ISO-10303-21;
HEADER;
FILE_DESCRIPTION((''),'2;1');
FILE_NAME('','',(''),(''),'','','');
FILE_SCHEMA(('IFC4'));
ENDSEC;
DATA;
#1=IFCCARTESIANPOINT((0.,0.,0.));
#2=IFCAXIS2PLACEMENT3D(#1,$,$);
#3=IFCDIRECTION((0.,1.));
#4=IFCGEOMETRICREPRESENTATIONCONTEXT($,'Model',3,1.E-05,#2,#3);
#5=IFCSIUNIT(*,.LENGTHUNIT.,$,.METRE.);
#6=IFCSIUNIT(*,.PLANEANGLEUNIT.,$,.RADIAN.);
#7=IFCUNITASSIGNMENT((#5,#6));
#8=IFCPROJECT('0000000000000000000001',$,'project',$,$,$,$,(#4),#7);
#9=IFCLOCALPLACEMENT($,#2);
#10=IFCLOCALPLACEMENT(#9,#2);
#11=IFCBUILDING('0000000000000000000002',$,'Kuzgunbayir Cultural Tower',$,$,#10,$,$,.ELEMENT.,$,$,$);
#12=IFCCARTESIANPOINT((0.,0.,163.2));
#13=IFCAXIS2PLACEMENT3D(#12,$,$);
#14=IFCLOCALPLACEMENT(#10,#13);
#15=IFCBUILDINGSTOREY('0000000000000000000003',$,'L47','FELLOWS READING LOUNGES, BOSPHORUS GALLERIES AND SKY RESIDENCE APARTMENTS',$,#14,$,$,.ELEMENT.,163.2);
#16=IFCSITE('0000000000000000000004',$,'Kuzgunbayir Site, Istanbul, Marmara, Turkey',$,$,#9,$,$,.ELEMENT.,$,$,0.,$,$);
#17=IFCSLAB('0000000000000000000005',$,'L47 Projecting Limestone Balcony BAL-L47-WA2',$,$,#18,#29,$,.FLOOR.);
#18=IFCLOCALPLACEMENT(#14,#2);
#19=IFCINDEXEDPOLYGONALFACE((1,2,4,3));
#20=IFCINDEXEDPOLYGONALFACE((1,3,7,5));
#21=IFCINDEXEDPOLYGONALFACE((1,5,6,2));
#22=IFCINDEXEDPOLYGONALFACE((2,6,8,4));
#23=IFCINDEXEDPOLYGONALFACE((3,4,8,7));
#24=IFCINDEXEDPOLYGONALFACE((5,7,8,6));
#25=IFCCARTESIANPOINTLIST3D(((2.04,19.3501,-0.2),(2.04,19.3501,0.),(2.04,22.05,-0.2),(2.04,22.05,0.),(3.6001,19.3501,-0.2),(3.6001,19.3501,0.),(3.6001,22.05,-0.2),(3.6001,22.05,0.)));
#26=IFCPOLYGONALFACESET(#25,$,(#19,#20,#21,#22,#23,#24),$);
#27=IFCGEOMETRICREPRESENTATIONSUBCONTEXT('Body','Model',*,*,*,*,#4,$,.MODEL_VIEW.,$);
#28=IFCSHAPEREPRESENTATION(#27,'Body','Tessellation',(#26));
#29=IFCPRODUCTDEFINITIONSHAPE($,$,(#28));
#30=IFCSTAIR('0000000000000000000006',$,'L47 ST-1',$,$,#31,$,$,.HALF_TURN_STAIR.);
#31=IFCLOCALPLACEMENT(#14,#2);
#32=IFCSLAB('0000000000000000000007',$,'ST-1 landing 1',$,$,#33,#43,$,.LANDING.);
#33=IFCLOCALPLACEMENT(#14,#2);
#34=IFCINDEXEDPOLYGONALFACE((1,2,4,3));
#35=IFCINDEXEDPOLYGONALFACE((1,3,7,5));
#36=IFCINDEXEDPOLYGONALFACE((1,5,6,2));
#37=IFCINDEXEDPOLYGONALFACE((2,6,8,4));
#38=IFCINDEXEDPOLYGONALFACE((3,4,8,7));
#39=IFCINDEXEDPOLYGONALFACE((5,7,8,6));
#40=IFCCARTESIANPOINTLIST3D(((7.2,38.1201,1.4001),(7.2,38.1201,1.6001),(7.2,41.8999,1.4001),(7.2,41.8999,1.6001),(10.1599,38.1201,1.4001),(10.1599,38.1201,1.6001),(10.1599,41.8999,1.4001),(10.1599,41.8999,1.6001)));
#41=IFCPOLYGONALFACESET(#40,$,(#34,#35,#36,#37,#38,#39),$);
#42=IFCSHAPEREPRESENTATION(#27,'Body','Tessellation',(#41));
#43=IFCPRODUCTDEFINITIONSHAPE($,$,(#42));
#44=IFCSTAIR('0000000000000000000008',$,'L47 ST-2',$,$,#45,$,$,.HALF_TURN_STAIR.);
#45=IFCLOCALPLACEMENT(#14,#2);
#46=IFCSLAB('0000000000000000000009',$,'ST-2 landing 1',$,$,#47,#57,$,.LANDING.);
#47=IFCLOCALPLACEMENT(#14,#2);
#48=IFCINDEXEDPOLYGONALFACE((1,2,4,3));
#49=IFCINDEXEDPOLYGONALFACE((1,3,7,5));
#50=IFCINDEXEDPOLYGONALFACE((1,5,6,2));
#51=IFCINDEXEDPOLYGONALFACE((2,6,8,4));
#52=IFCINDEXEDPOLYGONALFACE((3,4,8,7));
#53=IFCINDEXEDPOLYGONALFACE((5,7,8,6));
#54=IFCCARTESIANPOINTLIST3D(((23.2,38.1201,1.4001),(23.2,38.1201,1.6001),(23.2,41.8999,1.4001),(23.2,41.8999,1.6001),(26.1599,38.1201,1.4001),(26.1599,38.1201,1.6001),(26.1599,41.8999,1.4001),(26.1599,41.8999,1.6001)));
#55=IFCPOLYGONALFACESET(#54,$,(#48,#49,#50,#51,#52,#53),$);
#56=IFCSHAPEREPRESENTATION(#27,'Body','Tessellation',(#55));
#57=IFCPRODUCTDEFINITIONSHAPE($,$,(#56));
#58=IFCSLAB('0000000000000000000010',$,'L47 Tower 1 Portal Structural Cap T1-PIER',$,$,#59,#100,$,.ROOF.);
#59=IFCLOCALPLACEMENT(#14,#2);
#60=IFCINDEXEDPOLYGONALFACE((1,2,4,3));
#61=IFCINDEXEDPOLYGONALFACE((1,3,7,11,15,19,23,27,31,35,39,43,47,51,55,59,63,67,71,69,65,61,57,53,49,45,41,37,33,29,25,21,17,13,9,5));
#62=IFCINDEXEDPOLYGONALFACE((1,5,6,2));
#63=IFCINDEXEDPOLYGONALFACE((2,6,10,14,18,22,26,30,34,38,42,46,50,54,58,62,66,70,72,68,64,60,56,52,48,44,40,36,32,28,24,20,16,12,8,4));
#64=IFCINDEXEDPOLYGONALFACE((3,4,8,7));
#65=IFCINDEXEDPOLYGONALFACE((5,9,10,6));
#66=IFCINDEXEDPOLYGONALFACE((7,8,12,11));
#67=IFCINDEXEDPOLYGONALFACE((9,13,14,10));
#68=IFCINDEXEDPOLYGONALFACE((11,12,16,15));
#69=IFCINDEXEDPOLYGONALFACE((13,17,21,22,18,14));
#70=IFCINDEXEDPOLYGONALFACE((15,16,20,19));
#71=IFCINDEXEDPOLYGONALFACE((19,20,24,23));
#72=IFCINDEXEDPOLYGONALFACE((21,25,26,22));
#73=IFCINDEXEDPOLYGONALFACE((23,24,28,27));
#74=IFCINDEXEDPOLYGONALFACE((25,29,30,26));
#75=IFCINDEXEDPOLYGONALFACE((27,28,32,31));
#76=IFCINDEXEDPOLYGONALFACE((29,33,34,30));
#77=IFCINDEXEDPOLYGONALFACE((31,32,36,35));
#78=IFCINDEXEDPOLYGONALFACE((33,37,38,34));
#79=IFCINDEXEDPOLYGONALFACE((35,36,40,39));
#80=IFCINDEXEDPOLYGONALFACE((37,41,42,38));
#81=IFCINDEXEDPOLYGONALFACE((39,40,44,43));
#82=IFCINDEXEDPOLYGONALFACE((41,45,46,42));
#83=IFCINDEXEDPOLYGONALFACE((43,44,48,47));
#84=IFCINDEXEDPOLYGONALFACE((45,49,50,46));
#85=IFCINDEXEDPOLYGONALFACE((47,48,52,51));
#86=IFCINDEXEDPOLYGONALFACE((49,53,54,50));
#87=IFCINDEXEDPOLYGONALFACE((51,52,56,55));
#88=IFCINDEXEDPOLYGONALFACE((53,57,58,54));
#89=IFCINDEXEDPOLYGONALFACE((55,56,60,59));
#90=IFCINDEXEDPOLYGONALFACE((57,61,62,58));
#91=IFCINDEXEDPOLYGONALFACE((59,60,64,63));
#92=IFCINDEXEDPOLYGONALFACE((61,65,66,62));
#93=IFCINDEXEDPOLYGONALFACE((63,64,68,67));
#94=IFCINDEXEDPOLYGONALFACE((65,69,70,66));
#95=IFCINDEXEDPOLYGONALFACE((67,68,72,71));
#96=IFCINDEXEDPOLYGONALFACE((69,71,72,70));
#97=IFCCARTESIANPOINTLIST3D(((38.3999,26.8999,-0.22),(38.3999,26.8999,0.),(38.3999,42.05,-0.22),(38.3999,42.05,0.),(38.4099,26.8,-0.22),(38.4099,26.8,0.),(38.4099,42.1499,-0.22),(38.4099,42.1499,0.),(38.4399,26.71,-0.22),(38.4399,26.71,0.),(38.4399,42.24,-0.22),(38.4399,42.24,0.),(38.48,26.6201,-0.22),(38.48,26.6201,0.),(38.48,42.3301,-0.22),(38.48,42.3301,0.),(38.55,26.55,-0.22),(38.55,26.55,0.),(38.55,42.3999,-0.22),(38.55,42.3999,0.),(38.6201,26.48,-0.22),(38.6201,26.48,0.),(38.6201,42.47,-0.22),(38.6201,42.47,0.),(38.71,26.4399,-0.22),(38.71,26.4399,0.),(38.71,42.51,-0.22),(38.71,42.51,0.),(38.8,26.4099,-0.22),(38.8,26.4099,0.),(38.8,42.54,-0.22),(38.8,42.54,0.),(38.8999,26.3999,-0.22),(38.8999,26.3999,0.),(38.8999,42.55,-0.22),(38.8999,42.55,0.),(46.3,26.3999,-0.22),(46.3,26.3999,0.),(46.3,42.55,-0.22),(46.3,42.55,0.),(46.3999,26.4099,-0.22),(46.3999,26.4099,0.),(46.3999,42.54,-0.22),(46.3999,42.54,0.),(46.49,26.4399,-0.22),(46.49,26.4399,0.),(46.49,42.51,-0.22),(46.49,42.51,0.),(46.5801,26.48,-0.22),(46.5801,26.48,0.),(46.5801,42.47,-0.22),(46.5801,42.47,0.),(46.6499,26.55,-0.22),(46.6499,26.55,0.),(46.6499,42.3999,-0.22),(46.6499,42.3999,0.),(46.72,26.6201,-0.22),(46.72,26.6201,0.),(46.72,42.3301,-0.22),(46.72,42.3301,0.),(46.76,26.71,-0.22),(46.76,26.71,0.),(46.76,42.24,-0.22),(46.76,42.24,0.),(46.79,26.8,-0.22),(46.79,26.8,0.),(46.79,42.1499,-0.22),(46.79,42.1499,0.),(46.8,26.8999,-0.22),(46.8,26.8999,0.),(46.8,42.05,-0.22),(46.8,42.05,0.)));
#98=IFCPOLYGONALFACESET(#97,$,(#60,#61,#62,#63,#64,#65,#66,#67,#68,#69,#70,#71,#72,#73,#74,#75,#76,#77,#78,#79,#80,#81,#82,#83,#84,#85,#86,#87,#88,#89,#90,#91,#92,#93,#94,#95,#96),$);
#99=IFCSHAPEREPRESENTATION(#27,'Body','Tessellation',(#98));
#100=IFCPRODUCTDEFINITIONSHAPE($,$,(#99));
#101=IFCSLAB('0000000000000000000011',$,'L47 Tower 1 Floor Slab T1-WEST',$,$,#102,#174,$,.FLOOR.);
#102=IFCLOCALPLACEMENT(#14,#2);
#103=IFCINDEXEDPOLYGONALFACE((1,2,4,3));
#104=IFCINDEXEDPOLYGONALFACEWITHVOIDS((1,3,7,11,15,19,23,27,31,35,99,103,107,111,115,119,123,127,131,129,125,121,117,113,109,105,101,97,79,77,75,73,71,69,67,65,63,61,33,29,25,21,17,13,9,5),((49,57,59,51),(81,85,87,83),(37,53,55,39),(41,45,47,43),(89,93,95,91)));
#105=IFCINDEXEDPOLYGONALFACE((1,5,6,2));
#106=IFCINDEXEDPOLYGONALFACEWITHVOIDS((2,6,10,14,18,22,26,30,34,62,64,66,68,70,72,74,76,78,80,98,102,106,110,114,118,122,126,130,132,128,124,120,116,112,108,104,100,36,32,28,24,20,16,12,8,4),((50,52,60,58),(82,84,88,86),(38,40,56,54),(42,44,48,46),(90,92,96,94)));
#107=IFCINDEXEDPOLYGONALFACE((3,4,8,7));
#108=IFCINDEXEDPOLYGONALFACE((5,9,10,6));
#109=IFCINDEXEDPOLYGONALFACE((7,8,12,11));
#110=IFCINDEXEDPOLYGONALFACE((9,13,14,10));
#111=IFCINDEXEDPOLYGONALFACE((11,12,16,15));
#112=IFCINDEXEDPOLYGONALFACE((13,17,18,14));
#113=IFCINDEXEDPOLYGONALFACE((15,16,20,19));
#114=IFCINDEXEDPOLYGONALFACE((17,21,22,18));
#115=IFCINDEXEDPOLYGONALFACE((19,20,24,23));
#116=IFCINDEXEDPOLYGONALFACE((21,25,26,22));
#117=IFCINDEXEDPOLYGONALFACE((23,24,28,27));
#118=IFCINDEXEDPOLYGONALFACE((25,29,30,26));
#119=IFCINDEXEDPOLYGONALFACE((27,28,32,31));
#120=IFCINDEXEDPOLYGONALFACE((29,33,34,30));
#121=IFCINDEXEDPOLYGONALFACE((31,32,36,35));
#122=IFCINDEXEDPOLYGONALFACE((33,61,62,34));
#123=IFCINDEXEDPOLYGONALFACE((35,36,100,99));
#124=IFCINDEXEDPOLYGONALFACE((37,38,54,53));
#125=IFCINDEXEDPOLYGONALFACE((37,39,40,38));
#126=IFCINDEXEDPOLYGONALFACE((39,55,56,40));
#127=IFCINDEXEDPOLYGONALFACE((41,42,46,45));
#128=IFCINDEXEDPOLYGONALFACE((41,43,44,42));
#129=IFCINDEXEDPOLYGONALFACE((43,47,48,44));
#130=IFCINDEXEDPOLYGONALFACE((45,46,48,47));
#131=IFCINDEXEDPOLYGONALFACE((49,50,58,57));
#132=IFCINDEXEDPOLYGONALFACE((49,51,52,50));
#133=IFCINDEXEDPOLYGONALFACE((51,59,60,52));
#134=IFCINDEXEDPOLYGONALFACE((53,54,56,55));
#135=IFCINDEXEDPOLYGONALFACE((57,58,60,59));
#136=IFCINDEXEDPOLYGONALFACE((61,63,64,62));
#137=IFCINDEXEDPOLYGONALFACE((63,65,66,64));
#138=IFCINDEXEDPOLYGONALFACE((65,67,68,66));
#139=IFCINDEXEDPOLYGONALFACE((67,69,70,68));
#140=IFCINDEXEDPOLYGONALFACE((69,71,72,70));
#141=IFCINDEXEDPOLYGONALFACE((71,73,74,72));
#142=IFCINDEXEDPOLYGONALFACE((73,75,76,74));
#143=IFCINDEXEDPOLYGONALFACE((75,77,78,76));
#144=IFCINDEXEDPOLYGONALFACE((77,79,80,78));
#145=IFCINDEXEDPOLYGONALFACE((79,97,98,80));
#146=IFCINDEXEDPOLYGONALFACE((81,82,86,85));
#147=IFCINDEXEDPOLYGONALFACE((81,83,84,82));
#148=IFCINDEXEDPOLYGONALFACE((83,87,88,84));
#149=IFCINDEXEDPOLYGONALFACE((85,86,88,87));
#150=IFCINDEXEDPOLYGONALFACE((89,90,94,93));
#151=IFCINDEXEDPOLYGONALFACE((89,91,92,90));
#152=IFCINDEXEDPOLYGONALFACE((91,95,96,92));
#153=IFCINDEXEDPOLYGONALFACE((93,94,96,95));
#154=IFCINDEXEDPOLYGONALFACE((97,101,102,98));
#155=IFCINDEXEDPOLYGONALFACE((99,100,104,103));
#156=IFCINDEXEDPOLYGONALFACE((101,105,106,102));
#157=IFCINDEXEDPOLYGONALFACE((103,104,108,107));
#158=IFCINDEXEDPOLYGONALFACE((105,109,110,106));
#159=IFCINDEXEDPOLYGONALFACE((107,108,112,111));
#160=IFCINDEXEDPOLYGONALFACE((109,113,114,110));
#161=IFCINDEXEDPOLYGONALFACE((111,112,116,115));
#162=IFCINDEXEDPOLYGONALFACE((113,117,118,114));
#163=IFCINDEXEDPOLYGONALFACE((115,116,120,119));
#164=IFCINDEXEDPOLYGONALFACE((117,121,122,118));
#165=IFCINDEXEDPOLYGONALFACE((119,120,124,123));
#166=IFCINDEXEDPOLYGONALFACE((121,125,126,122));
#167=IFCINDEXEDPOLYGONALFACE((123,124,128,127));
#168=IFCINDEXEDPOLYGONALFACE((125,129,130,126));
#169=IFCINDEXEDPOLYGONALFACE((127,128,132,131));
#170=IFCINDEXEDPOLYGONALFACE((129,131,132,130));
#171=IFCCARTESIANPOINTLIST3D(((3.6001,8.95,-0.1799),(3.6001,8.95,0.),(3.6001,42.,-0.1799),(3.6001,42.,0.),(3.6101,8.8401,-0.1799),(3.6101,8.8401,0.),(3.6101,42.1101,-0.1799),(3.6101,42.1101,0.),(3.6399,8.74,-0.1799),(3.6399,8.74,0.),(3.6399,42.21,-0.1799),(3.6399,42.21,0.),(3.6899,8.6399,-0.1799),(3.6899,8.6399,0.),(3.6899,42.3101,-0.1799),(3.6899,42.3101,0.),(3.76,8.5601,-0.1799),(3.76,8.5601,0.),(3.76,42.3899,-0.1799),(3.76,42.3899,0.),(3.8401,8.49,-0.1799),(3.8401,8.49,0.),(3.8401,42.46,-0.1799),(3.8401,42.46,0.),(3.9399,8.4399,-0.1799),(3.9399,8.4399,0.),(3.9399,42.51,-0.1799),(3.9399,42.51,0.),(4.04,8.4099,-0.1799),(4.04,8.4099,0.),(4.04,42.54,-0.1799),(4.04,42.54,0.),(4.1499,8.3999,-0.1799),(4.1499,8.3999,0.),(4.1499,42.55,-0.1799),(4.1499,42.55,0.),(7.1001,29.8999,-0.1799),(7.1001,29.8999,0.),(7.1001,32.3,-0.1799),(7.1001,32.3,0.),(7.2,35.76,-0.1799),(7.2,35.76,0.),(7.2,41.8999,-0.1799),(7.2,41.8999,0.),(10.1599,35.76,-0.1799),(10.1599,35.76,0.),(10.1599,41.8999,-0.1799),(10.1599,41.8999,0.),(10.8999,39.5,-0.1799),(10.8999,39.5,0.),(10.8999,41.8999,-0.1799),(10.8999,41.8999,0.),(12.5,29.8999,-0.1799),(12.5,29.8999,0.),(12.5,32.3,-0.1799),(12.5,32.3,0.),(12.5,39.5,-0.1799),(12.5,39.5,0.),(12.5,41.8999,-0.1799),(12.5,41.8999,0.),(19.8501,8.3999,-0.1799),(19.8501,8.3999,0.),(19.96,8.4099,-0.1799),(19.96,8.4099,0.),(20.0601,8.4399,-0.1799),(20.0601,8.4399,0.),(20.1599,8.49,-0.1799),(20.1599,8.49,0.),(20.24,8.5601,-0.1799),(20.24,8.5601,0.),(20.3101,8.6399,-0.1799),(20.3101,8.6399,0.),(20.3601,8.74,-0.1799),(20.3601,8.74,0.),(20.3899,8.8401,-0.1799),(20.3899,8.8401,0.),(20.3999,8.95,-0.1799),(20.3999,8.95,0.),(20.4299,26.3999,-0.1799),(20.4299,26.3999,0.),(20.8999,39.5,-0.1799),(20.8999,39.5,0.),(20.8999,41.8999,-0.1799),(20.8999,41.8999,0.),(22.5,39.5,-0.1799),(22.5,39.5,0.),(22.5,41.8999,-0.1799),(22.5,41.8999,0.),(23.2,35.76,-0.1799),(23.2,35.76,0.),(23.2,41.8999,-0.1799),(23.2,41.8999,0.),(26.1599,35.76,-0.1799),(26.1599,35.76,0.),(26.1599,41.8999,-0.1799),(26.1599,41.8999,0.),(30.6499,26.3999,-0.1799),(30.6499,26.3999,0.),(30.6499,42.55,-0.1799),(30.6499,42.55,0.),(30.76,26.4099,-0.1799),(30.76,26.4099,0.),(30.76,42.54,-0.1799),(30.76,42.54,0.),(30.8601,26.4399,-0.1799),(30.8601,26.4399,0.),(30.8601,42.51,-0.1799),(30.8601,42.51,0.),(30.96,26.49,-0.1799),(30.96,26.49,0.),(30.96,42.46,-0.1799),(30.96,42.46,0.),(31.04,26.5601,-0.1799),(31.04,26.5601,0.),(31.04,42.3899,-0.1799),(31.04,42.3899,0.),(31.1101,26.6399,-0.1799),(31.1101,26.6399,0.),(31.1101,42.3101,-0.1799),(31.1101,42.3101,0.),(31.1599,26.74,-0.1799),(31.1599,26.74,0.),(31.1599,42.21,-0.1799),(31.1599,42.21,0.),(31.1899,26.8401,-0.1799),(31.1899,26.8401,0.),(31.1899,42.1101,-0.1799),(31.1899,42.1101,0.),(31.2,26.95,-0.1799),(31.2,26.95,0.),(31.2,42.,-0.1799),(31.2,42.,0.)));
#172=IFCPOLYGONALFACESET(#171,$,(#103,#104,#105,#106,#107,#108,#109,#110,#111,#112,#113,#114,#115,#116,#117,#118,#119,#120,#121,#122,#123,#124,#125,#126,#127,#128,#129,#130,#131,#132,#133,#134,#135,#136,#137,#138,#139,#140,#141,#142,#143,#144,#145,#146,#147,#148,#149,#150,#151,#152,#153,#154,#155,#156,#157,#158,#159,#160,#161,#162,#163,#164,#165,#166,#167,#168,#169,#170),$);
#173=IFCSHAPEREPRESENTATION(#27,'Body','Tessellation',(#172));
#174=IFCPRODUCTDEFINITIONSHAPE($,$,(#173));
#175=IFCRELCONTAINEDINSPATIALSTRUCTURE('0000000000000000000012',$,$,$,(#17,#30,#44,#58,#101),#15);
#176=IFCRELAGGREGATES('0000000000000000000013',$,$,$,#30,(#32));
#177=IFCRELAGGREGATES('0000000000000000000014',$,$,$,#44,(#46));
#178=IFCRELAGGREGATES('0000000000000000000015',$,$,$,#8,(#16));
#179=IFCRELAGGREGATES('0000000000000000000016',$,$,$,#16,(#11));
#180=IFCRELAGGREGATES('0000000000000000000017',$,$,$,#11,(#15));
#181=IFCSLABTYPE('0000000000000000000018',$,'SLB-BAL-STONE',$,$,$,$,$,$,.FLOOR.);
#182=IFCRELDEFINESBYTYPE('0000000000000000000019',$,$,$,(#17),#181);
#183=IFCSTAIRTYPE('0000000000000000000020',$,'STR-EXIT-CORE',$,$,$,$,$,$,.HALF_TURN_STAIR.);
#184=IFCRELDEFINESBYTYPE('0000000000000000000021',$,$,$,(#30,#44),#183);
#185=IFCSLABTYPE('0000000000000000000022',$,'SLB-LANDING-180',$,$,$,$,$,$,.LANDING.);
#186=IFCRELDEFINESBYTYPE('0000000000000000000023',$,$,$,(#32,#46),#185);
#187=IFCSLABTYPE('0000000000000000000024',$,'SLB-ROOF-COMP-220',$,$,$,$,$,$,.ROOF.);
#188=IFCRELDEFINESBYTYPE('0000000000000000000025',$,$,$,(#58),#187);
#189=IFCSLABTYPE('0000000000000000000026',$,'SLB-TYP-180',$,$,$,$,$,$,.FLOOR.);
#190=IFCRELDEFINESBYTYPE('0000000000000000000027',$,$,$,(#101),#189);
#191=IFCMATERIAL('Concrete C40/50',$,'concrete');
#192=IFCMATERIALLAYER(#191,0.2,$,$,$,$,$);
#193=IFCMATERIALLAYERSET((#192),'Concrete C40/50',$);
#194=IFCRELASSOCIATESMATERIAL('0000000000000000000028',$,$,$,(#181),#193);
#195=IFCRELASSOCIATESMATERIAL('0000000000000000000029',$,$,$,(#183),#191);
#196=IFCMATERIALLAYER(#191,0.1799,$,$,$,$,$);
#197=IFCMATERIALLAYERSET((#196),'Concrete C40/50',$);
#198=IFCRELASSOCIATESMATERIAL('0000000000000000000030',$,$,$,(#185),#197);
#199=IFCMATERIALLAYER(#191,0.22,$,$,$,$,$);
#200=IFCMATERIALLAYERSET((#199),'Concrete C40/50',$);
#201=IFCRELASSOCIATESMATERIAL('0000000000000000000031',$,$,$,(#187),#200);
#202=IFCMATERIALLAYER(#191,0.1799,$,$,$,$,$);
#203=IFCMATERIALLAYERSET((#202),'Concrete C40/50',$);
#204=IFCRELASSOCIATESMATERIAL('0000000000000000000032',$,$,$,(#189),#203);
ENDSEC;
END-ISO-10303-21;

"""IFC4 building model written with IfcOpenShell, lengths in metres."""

from ifc_helpers import new_model, si_unit, direction, frame, origin, place, context, subcontext, project, spatial, polyline, outline, extrude, material, layer, layer_set, type_object, element, aggregate, save


model = new_model("IFC4")

# Units and contexts
model_context = context("Model", 3, precision=1e-05, world=origin(), true_north=direction((0.0, 1.0)))
body_context = subcontext(model_context, "Body", "Model", "MODEL_VIEW")
ifc_project = project(units=[si_unit("LENGTHUNIT", "METRE"), si_unit("PLANEANGLEUNIT", "RADIAN")], contexts=[model_context])

# Site, building, storey
site_placement = place(None, origin())
site = spatial("IfcSite", under=ifc_project, at=site_placement, Name="Kuzgunbayir Site, Istanbul, Marmara, Turkey", CompositionType="ELEMENT", RefElevation=0.0)
building_placement = place(site_placement, origin())
building = spatial("IfcBuilding", under=site, at=building_placement, Name="Kuzgunbayir Cultural Tower", CompositionType="ELEMENT")
storey_placement = place(building_placement, frame((0.0, 0.0, 163.2)))
storey = spatial("IfcBuildingStorey", under=building, at=storey_placement, Name="L47", Description="FELLOWS READING LOUNGES, BOSPHORUS GALLERIES AND SKY RESIDENCE APARTMENTS", CompositionType="ELEMENT", Elevation=163.2)

# Slab
ifc_material_1 = material(Name="Concrete C40/50", Category="concrete")
ifc_layer_1 = layer(ifc_material_1, 0.2)
ifc_layer_set_1 = layer_set([ifc_layer_1], Name="Concrete C40/50")
slab_type_1 = type_object("IfcSlabType", Name="SLB-BAL-STONE", PredefinedType="FLOOR", material=ifc_layer_set_1)
slab_1_placement = place(storey_placement, frame((0.0, 0.0, -0.2)))
element("IfcSlab", 1, at=slab_1_placement, inside=storey, type_object=slab_type_1, Name="L47 Projecting Limestone Balcony BAL-L47-WA2", PredefinedType="FLOOR", context=body_context, shape_type="SweptSolid", body=[
    extrude(outline(polyline([(2.04, 19.3501), (3.6001, 19.3501), (3.6001, 22.05), (2.04, 22.05), (2.04, 19.3501)])), origin(), (0.0, 0.0, 1.0), 0.2),
])

# Stairs, slabs
stair_type = type_object("IfcStairType", Name="STR-EXIT-CORE", PredefinedType="HALF_TURN_STAIR", material=ifc_material_1)
stair_1_placement = place(storey_placement, origin())
stair_1 = element("IfcStair", 2, at=stair_1_placement, inside=storey, type_object=stair_type, Name="L47 ST-1", PredefinedType="HALF_TURN_STAIR")
ifc_layer_2 = layer(ifc_material_1, 0.1799)
ifc_layer_set_2 = layer_set([ifc_layer_2], Name="Concrete C40/50")
slab_type_2 = type_object("IfcSlabType", Name="SLB-LANDING-180", PredefinedType="LANDING", material=ifc_layer_set_2)
slab_2_placement = place(storey_placement, frame((0.0, 0.0, 1.4001)))
slab_2 = element("IfcSlab", 3, at=slab_2_placement, type_object=slab_type_2, Name="ST-1 landing 1", PredefinedType="LANDING", context=body_context, shape_type="SweptSolid", body=[
    extrude(outline(polyline([(10.1599, 38.1201), (10.1599, 41.8999), (7.2, 41.8999), (7.2, 38.1201), (10.1599, 38.1201)])), origin(), (0.0, 0.0, 1.0), 0.2),
])
aggregate(stair_1, [slab_2])
stair_2_placement = place(storey_placement, origin())
stair_2 = element("IfcStair", 4, at=stair_2_placement, inside=storey, type_object=stair_type, Name="L47 ST-2", PredefinedType="HALF_TURN_STAIR")
slab_3_placement = place(storey_placement, frame((0.0, 0.0, 1.4001)))
slab_3 = element("IfcSlab", 5, at=slab_3_placement, type_object=slab_type_2, Name="ST-2 landing 1", PredefinedType="LANDING", context=body_context, shape_type="SweptSolid", body=[
    extrude(outline(polyline([(26.1599, 38.1201), (26.1599, 41.8999), (23.2, 41.8999), (23.2, 38.1201), (26.1599, 38.1201)])), origin(), (0.0, 0.0, 1.0), 0.2),
])
aggregate(stair_2, [slab_3])

# Slabs
ifc_layer_3 = layer(ifc_material_1, 0.22)
ifc_layer_set_3 = layer_set([ifc_layer_3], Name="Concrete C40/50")
slab_type_3 = type_object("IfcSlabType", Name="SLB-ROOF-COMP-220", PredefinedType="ROOF", material=ifc_layer_set_3)
slab_4_placement = place(storey_placement, frame((0.0, 0.0, -0.22)))
element("IfcSlab", 6, at=slab_4_placement, inside=storey, type_object=slab_type_3, Name="L47 Tower 1 Portal Structural Cap T1-PIER", PredefinedType="ROOF", context=body_context, shape_type="SweptSolid", body=[
    extrude(outline(polyline([(46.3, 26.3999), (46.3999, 26.4099), (46.49, 26.4399), (46.5801, 26.48), (46.6499, 26.55), (46.72, 26.6201), (46.76, 26.71), (46.79, 26.8), (46.8, 26.8999), (46.8, 42.05), (46.79, 42.1499), (46.76, 42.24), (46.72, 42.3301), (46.6499, 42.3999), (46.5801, 42.47), (46.49, 42.51), (46.3999, 42.54), (46.3, 42.55), (38.8999, 42.55), (38.8, 42.54), (38.71, 42.51), (38.6201, 42.47), (38.55, 42.3999), (38.48, 42.3301), (38.4399, 42.24), (38.4099, 42.1499), (38.3999, 42.05), (38.3999, 26.8999), (38.4099, 26.8), (38.4399, 26.71), (38.48, 26.6201), (38.55, 26.55), (38.6201, 26.48), (38.71, 26.4399), (38.8, 26.4099), (38.8999, 26.3999), (46.3, 26.3999)])), origin(), (0.0, 0.0, 1.0), 0.22),
])
ifc_layer_4 = layer(ifc_material_1, 0.1799)
ifc_layer_set_4 = layer_set([ifc_layer_4], Name="Concrete C40/50")
slab_type_4 = type_object("IfcSlabType", Name="SLB-TYP-180", PredefinedType="FLOOR", material=ifc_layer_set_4)
slab_5_placement = place(storey_placement, frame((0.0, 0.0, -0.1799)))
element("IfcSlab", 7, at=slab_5_placement, inside=storey, type_object=slab_type_4, Name="L47 Tower 1 Floor Slab T1-WEST", PredefinedType="FLOOR", context=body_context, shape_type="SweptSolid", body=[
    extrude(outline(polyline([(20.3999, 8.95), (20.3899, 8.8401), (20.3601, 8.74), (20.3101, 8.6399), (20.24, 8.5601), (20.1599, 8.49), (20.0601, 8.4399), (19.96, 8.4099), (19.8501, 8.3999), (4.1499, 8.3999), (4.04, 8.4099), (3.9399, 8.4399), (3.8401, 8.49), (3.76, 8.5601), (3.6899, 8.6399), (3.6399, 8.74), (3.6101, 8.8401), (3.6001, 8.95), (3.6001, 42.0), (3.6101, 42.1101), (3.6399, 42.21), (3.6899, 42.3101), (3.76, 42.3899), (3.8401, 42.46), (3.9399, 42.51), (4.04, 42.54), (4.1499, 42.55), (30.6499, 42.55), (30.76, 42.54), (30.8601, 42.51), (30.96, 42.46), (31.04, 42.3899), (31.1101, 42.3101), (31.1599, 42.21), (31.1899, 42.1101), (31.2, 42.0), (31.2, 26.95), (31.1899, 26.8401), (31.1599, 26.74), (31.1101, 26.6399), (31.04, 26.5601), (30.96, 26.49), (30.8601, 26.4399), (30.76, 26.4099), (30.6499, 26.3999), (20.4299, 26.3999), (20.3999, 8.95)]), holes=[polyline([(7.2, 35.76), (7.2, 41.8999), (10.1599, 41.8999), (10.1599, 35.76), (7.2, 35.76)]), polyline([(23.2, 35.76), (23.2, 41.8999), (26.1599, 41.8999), (26.1599, 35.76), (23.2, 35.76)]), polyline([(7.1001, 29.8999), (7.1001, 32.3), (12.5, 32.3), (12.5, 29.8999), (7.1001, 29.8999)]), polyline([(10.8999, 39.5), (10.8999, 41.8999), (12.5, 41.8999), (12.5, 39.5), (10.8999, 39.5)]), polyline([(20.8999, 39.5), (20.8999, 41.8999), (22.5, 41.8999), (22.5, 39.5), (20.8999, 39.5)])]), origin(), (0.0, 0.0, 1.0), 0.1799),
])

save(model, "model.ifc")
